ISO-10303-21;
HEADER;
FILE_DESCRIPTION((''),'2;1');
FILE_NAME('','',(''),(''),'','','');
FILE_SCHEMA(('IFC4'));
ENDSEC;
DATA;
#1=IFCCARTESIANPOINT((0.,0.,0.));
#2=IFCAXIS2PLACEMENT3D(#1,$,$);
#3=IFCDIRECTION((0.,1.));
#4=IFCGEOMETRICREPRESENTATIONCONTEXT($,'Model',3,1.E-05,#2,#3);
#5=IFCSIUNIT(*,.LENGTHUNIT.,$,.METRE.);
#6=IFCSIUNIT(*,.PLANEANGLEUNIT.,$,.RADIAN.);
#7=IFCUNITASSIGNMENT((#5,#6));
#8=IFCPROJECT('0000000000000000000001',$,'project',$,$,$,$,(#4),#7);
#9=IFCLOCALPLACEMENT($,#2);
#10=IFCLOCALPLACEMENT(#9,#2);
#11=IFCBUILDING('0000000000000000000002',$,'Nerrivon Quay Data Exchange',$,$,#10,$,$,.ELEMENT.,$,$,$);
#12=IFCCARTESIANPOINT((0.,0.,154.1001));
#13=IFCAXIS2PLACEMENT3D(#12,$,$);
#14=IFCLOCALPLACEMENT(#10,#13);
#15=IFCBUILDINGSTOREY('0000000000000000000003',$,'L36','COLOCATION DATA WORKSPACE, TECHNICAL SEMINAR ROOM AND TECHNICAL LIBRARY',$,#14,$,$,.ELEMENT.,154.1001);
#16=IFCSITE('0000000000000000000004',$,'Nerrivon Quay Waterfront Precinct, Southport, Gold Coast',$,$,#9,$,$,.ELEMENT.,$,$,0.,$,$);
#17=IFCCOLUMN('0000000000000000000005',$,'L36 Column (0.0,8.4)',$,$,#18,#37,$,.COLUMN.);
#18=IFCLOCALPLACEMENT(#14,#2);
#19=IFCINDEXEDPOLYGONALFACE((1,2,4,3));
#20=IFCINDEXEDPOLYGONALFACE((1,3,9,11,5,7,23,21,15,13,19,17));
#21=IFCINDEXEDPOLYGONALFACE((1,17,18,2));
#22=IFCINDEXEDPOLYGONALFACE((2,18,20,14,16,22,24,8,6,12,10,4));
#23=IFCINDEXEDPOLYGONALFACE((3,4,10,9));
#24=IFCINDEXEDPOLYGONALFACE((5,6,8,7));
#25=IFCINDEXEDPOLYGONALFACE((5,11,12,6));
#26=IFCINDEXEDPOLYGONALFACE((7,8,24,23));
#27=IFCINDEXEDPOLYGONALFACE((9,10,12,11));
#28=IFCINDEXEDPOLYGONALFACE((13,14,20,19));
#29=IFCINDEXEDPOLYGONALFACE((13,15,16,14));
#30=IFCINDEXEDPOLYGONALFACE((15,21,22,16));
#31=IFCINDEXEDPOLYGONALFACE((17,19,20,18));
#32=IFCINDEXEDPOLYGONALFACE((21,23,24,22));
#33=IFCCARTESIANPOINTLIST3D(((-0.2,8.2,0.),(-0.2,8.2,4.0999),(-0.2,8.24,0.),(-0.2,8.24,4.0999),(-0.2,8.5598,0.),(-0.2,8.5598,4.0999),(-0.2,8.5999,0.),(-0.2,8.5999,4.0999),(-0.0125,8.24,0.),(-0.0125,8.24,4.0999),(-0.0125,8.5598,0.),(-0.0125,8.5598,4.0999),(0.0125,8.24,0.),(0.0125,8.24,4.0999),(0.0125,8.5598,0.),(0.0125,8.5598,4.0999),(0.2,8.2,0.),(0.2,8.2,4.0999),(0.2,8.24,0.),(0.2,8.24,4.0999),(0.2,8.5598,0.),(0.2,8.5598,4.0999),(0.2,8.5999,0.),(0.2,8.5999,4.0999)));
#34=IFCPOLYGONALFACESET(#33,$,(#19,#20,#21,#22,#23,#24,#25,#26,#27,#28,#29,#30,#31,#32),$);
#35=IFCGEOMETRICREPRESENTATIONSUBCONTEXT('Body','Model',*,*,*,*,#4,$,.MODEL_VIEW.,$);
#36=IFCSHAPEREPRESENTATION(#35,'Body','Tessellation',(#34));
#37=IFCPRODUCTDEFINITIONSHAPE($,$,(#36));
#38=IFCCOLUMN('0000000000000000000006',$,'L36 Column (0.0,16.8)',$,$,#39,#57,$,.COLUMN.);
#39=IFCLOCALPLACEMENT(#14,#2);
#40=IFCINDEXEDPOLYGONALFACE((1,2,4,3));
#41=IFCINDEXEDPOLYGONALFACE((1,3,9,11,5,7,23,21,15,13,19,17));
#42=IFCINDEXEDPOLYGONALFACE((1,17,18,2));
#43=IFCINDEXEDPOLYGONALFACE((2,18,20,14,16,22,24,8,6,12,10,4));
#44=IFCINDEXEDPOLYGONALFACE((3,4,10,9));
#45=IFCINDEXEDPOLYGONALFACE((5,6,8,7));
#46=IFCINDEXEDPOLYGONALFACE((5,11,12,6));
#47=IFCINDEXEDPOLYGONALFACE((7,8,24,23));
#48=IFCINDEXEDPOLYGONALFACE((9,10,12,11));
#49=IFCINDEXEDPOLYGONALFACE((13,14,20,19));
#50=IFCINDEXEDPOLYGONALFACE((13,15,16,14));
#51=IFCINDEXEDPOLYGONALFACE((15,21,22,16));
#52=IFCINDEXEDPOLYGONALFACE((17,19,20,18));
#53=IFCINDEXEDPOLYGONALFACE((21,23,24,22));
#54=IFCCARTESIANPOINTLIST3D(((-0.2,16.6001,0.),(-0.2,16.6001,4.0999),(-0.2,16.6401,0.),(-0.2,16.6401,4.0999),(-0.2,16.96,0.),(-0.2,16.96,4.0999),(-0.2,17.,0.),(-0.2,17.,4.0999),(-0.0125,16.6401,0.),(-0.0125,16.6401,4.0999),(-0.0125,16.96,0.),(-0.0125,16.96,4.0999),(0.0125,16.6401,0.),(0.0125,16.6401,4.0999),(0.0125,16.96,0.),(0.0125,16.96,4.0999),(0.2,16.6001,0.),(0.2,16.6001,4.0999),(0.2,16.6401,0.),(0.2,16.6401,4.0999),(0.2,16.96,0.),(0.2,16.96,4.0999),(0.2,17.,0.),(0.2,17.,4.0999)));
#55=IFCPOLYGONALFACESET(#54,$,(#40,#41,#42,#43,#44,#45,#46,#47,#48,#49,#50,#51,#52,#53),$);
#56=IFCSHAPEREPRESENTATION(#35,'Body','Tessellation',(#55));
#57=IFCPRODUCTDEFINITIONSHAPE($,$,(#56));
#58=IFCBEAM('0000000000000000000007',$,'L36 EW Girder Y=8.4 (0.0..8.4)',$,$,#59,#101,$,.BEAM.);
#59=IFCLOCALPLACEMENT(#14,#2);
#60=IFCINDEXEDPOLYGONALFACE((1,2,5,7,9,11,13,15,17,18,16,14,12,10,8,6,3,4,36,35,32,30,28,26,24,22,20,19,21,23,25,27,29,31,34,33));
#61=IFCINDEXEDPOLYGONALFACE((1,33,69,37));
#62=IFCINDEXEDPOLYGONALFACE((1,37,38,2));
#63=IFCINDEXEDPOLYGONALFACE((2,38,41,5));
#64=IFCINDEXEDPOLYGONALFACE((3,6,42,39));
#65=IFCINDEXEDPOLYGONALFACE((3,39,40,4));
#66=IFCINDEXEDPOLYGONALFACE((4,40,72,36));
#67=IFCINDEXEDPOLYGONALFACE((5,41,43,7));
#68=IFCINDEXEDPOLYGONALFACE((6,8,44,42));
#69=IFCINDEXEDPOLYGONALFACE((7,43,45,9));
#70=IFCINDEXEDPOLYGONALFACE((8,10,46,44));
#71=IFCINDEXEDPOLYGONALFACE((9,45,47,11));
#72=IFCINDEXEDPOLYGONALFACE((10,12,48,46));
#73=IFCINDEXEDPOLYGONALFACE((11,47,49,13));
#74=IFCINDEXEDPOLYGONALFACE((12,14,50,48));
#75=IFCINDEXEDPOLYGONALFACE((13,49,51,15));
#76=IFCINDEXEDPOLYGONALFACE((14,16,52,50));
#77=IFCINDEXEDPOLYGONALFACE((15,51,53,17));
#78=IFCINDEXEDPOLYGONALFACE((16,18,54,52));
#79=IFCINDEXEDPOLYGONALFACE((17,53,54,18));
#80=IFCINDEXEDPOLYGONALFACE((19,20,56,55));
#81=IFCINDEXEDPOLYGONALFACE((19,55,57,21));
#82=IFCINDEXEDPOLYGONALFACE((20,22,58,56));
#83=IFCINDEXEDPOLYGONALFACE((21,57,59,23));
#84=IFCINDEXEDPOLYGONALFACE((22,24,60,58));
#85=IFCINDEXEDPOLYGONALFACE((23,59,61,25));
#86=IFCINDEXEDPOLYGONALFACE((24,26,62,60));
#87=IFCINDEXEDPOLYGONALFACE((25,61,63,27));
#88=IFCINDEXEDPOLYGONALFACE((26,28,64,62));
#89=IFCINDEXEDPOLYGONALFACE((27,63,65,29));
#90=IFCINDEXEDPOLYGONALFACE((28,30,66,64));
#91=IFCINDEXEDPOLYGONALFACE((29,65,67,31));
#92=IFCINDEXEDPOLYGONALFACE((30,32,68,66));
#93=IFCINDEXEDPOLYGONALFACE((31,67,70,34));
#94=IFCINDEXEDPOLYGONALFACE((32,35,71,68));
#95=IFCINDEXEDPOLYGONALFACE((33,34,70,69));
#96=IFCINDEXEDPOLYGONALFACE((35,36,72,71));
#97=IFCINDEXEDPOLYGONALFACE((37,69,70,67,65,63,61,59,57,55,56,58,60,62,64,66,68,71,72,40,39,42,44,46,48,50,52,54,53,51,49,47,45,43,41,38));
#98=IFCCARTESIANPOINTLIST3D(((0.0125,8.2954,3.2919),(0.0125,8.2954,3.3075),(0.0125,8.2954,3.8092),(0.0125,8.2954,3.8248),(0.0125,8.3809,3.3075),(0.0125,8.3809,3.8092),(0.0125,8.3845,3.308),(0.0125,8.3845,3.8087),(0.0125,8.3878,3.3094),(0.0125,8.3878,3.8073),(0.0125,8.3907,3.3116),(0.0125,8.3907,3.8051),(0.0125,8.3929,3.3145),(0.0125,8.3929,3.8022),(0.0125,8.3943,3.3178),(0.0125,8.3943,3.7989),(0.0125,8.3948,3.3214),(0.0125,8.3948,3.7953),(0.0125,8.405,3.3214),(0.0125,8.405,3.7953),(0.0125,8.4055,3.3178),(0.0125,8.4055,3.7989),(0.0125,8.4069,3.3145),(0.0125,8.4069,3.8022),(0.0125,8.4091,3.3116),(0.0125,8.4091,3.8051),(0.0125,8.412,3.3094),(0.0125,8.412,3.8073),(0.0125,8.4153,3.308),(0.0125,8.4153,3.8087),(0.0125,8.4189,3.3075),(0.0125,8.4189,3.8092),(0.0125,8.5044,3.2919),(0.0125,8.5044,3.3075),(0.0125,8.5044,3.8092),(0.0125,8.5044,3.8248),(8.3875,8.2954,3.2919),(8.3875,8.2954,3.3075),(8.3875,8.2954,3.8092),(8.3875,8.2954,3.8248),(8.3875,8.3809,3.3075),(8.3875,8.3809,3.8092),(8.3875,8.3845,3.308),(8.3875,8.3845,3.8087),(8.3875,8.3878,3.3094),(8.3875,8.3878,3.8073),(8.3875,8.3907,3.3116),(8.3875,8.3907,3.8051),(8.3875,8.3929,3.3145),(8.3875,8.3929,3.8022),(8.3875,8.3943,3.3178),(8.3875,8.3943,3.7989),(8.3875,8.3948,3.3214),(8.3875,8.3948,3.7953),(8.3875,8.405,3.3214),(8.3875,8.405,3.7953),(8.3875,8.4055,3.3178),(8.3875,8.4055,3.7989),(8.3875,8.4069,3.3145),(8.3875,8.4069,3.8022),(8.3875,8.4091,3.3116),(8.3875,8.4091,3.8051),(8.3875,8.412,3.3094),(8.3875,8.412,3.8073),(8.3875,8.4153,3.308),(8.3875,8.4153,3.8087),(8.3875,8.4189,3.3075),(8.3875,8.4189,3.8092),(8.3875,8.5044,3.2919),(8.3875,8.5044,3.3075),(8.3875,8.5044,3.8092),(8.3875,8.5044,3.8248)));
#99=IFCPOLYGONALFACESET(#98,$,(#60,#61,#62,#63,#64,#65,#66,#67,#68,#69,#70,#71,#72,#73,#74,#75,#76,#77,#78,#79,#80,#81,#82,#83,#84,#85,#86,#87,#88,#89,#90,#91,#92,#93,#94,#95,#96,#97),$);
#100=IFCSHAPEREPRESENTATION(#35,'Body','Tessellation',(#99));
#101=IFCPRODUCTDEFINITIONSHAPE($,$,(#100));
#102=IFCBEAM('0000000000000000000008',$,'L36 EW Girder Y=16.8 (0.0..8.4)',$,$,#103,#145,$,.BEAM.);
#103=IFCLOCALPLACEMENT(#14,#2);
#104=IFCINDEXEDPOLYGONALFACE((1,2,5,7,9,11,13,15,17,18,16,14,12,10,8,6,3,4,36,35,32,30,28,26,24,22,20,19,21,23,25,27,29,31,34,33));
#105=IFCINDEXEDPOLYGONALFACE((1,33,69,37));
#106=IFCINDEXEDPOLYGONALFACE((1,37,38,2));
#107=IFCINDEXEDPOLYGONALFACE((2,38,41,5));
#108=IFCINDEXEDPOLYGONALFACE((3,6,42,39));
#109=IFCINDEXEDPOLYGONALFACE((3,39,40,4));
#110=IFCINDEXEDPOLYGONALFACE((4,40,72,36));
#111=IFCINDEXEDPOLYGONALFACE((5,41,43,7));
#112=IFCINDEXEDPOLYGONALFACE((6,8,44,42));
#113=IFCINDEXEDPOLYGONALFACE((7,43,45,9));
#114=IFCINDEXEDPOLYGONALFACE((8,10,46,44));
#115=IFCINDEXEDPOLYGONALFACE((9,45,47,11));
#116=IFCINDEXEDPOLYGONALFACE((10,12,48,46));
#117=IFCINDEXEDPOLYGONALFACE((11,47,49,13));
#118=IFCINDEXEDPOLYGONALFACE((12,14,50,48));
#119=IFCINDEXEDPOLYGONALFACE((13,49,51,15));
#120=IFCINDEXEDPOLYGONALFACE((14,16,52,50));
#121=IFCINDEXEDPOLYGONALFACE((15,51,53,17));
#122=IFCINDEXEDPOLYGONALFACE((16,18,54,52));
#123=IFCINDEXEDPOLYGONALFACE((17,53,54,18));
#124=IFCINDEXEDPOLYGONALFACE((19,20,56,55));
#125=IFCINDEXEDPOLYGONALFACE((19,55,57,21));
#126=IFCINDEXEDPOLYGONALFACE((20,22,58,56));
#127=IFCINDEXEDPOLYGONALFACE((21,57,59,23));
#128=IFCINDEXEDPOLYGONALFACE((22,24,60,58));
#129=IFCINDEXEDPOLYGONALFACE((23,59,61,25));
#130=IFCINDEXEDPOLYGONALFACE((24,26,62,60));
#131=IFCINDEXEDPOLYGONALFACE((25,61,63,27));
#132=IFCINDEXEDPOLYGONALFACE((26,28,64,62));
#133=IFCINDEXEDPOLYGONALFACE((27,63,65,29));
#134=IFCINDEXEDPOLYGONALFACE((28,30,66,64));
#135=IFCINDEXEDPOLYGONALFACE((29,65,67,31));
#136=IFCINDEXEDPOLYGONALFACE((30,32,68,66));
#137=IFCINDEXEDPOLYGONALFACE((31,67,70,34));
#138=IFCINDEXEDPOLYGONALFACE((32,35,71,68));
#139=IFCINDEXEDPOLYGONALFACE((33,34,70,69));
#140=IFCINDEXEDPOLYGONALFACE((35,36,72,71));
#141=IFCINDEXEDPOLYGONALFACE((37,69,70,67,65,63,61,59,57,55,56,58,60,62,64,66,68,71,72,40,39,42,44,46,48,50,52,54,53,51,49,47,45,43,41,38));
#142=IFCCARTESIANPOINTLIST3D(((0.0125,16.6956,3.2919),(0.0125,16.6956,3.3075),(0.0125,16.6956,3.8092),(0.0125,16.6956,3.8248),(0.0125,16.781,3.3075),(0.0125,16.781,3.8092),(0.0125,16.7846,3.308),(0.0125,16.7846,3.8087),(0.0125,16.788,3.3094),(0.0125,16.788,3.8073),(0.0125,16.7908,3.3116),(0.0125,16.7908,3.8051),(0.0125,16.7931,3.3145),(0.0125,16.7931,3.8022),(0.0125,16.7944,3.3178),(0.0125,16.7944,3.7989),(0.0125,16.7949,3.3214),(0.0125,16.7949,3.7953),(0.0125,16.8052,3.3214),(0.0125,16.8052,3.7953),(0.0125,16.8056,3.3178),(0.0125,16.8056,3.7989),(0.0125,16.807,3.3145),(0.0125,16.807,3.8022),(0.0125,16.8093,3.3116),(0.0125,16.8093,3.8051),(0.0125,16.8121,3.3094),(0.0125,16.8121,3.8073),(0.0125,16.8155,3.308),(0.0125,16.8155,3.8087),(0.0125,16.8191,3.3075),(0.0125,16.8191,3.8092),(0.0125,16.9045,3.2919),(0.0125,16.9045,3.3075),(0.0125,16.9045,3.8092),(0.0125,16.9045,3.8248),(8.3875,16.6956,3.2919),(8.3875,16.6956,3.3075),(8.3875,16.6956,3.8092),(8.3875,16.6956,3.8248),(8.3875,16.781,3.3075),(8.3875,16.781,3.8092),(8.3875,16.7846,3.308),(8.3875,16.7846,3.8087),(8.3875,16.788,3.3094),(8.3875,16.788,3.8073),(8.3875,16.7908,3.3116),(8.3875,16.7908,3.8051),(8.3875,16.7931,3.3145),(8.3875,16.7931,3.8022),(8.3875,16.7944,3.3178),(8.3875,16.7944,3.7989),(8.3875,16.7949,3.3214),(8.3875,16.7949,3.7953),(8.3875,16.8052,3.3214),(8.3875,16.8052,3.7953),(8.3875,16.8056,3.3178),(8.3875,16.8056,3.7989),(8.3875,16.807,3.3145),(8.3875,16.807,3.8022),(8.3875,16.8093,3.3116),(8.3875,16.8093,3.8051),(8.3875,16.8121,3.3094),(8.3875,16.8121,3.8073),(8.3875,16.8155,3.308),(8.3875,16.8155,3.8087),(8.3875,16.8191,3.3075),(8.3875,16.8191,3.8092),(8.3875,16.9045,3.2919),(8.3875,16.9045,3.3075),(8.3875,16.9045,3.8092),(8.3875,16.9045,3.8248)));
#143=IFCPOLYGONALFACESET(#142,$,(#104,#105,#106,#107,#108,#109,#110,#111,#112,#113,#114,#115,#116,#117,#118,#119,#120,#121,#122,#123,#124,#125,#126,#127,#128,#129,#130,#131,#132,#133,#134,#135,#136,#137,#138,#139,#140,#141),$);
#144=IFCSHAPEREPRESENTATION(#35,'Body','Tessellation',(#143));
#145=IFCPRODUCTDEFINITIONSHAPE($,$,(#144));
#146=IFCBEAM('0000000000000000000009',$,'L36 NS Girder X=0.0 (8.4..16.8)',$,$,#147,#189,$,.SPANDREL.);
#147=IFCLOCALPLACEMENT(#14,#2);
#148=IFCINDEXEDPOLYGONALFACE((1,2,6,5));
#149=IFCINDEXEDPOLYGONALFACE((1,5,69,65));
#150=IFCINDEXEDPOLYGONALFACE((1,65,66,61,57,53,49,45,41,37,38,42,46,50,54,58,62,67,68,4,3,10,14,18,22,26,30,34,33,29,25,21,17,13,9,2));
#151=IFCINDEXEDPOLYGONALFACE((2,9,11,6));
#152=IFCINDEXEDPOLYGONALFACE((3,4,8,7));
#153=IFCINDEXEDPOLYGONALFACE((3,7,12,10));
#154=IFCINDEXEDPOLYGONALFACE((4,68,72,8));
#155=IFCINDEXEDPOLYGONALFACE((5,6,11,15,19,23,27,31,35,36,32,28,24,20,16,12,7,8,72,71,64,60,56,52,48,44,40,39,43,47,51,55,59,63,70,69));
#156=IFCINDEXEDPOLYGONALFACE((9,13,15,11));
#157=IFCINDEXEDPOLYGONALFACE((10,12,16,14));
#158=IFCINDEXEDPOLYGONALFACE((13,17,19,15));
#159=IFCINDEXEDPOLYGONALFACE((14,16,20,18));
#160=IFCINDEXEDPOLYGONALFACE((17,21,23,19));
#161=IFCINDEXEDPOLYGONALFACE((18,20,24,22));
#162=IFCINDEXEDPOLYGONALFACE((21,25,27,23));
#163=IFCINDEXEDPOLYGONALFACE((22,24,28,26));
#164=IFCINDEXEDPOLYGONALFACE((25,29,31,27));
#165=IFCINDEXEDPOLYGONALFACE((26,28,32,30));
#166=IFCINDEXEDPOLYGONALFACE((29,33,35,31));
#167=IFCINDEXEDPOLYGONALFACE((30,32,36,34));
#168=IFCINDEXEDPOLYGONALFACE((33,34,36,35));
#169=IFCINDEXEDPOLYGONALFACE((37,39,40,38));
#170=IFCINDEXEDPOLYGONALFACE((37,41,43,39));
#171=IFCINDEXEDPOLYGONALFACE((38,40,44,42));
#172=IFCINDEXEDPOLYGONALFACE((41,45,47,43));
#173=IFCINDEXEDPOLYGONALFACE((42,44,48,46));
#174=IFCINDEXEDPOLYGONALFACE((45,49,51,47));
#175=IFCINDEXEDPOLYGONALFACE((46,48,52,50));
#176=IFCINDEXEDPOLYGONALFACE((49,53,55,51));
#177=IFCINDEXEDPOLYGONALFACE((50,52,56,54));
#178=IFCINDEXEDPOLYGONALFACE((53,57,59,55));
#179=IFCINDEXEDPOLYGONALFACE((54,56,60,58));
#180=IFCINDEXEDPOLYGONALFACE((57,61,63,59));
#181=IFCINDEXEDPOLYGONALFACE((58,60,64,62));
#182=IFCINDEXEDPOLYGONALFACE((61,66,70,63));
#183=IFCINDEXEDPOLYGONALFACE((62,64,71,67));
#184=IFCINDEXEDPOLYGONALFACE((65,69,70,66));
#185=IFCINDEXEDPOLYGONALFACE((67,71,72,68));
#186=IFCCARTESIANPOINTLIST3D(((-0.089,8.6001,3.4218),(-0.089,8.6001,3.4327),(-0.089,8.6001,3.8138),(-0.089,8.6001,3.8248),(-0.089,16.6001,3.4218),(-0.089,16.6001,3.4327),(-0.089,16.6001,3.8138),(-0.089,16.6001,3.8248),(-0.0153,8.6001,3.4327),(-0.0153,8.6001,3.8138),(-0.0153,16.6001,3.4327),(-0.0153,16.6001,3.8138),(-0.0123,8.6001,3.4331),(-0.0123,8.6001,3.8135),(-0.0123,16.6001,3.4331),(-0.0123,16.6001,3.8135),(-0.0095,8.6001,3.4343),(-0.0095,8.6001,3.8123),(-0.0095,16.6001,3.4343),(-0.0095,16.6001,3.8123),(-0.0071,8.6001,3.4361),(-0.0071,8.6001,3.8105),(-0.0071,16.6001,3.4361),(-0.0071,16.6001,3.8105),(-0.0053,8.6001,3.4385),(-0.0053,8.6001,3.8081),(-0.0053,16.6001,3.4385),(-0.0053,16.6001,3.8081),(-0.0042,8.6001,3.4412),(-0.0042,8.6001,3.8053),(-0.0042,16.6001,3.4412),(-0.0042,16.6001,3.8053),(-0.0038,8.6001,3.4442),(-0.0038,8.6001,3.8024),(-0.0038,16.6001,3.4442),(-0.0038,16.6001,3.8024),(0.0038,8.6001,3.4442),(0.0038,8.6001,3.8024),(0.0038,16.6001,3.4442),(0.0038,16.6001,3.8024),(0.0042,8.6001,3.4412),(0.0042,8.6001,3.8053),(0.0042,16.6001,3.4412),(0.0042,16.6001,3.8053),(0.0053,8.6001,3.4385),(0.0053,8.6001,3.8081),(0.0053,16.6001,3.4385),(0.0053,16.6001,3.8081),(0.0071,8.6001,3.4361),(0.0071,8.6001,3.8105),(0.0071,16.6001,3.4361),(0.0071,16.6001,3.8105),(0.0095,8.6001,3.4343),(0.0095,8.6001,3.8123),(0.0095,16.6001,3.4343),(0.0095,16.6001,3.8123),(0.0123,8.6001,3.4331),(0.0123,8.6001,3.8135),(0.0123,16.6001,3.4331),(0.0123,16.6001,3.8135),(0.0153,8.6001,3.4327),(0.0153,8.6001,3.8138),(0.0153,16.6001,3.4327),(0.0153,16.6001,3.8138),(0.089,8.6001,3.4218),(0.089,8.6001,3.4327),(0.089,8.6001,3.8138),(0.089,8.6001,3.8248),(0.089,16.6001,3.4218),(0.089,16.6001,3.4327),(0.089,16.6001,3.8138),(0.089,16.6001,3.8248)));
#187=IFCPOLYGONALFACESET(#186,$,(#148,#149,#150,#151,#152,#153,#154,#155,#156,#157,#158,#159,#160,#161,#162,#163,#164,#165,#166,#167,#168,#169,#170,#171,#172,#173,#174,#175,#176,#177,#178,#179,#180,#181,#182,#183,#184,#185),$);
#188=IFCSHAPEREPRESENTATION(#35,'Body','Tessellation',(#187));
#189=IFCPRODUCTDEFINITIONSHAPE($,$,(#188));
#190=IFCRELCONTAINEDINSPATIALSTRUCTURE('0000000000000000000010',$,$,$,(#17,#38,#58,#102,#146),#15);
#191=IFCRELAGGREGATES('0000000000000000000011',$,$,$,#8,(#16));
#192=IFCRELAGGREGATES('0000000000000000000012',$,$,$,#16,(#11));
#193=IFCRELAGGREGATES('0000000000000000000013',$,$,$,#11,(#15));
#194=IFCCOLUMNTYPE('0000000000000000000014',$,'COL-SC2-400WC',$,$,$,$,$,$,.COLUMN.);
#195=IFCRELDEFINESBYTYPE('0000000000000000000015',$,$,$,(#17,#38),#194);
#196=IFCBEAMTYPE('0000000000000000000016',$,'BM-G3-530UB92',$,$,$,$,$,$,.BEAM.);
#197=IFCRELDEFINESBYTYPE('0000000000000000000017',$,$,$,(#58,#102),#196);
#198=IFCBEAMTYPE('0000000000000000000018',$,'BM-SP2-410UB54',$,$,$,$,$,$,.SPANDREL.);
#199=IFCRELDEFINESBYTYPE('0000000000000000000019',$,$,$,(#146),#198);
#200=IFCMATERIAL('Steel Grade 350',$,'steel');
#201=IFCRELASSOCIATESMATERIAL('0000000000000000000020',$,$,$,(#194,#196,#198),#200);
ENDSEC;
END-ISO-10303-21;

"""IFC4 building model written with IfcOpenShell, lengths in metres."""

from ifc_helpers import new_model, si_unit, direction, frame, origin, origin_2d, place, context, subcontext, project, spatial, i_section, extrude, material, material_profile, profile_set, type_object, element, save


model = new_model("IFC4")

# Units and contexts
model_context = context("Model", 3, precision=1e-05, world=origin(), true_north=direction((0.0, 1.0)))
body_context = subcontext(model_context, "Body", "Model", "MODEL_VIEW")
ifc_project = project(units=[si_unit("LENGTHUNIT", "METRE"), si_unit("PLANEANGLEUNIT", "RADIAN")], contexts=[model_context])

# Site, building, storey
site_placement = place(None, origin())
site = spatial("IfcSite", under=ifc_project, at=site_placement, Name="Nerrivon Quay Waterfront Precinct, Southport, Gold Coast", CompositionType="ELEMENT", RefElevation=0.0)
building_placement = place(site_placement, origin())
building = spatial("IfcBuilding", under=site, at=building_placement, Name="Nerrivon Quay Data Exchange", CompositionType="ELEMENT")
storey_placement = place(building_placement, frame((0.0, 0.0, 154.1001)))
storey = spatial("IfcBuildingStorey", under=building, at=storey_placement, Name="L36", Description="COLOCATION DATA WORKSPACE, TECHNICAL SEMINAR ROOM AND TECHNICAL LIBRARY", CompositionType="ELEMENT", Elevation=154.1001)

# Columns
ifc_material_1 = material(Name="Steel Grade 350", Category="steel")
ifc_material_profile_1 = material_profile(ifc_material_1, i_section(OverallWidth=0.3999, OverallDepth=0.3999, WebThickness=0.0249, FlangeThickness=0.04, at=origin_2d()), Name="400WC328")
ifc_profile_set_1 = profile_set([ifc_material_profile_1], Name="Steel Grade 350")
column_type = type_object("IfcColumnType", Name="COL-SC2-400WC", PredefinedType="COLUMN", material=ifc_profile_set_1)
for number, where, z_axis, x_axis, name in (
    (1, (0.0, 8.3999, 0.0), (0.0, 0.0, 1.0), (1.0, 0.0, 0.0), "L36 Column (0.0,8.4)"),
    (2, (0.0, 16.8, 0.0), (0.0, 0.0, 1.0), (1.0, 0.0, 0.0), "L36 Column (0.0,16.8)"),
):
    element("IfcColumn", number, at=place(storey_placement, frame(where, z_axis=z_axis, x_axis=x_axis)), inside=storey, type_object=column_type, Name=name, PredefinedType="COLUMN", context=body_context, shape_type="SweptSolid", body=[
        extrude(i_section(OverallWidth=0.3999, OverallDepth=0.3999, WebThickness=0.0249, FlangeThickness=0.04, at=origin_2d()), origin(), (0.0, 0.0, 1.0), 4.0999),
    ])

# Beams
ifc_material_profile_2 = material_profile(ifc_material_1, i_section(OverallWidth=0.209, OverallDepth=0.533, WebThickness=0.0103, FlangeThickness=0.0156, FilletRadius=0.0139, at=origin_2d()), Name="530UB92.4")
ifc_profile_set_2 = profile_set([ifc_material_profile_2], Name="Steel Grade 350")
beam_type_1 = type_object("IfcBeamType", Name="BM-G3-530UB92", PredefinedType="BEAM", material=ifc_profile_set_2)
for number, where, z_axis, x_axis, name in (
    (3, (0.0125, 8.3999, 3.5583), (1.0, 0.0, 0.0), (0.0, 1.0, 0.0), "L36 EW Girder Y=8.4 (0.0..8.4)"),
    (4, (0.0125, 16.8, 3.5583), (1.0, 0.0, 0.0), (0.0, 1.0, 0.0), "L36 EW Girder Y=16.8 (0.0..8.4)"),
):
    element("IfcBeam", number, at=place(storey_placement, frame(where, z_axis=z_axis, x_axis=x_axis)), inside=storey, type_object=beam_type_1, Name=name, PredefinedType="BEAM", context=body_context, shape_type="SweptSolid", body=[
        extrude(i_section(OverallWidth=0.209, OverallDepth=0.533, WebThickness=0.0103, FlangeThickness=0.0156, FilletRadius=0.0139, at=origin_2d()), origin(), (0.0, 0.0, 1.0), 8.375),
    ])
ifc_material_profile_3 = material_profile(ifc_material_1, i_section(OverallWidth=0.178, OverallDepth=0.4031, WebThickness=0.0076, FlangeThickness=0.011, FilletRadius=0.0115, at=origin_2d()), Name="410UB53.7")
ifc_profile_set_3 = profile_set([ifc_material_profile_3], Name="Steel Grade 350")
beam_type_2 = type_object("IfcBeamType", Name="BM-SP2-410UB54", PredefinedType="SPANDREL", material=ifc_profile_set_3)
beam_placement = place(storey_placement, frame((0.0, 8.6001, 3.6233), z_axis=(0.0, 1.0, 0.0), x_axis=(-1.0, 0.0, 0.0)))
element("IfcBeam", 5, at=beam_placement, inside=storey, type_object=beam_type_2, Name="L36 NS Girder X=0.0 (8.4..16.8)", PredefinedType="SPANDREL", context=body_context, shape_type="SweptSolid", body=[
    extrude(i_section(OverallWidth=0.178, OverallDepth=0.4031, WebThickness=0.0076, FlangeThickness=0.011, FilletRadius=0.0115, at=origin_2d()), origin(), (0.0, 0.0, 1.0), 8.0),
])

save(model, "model.ifc")
